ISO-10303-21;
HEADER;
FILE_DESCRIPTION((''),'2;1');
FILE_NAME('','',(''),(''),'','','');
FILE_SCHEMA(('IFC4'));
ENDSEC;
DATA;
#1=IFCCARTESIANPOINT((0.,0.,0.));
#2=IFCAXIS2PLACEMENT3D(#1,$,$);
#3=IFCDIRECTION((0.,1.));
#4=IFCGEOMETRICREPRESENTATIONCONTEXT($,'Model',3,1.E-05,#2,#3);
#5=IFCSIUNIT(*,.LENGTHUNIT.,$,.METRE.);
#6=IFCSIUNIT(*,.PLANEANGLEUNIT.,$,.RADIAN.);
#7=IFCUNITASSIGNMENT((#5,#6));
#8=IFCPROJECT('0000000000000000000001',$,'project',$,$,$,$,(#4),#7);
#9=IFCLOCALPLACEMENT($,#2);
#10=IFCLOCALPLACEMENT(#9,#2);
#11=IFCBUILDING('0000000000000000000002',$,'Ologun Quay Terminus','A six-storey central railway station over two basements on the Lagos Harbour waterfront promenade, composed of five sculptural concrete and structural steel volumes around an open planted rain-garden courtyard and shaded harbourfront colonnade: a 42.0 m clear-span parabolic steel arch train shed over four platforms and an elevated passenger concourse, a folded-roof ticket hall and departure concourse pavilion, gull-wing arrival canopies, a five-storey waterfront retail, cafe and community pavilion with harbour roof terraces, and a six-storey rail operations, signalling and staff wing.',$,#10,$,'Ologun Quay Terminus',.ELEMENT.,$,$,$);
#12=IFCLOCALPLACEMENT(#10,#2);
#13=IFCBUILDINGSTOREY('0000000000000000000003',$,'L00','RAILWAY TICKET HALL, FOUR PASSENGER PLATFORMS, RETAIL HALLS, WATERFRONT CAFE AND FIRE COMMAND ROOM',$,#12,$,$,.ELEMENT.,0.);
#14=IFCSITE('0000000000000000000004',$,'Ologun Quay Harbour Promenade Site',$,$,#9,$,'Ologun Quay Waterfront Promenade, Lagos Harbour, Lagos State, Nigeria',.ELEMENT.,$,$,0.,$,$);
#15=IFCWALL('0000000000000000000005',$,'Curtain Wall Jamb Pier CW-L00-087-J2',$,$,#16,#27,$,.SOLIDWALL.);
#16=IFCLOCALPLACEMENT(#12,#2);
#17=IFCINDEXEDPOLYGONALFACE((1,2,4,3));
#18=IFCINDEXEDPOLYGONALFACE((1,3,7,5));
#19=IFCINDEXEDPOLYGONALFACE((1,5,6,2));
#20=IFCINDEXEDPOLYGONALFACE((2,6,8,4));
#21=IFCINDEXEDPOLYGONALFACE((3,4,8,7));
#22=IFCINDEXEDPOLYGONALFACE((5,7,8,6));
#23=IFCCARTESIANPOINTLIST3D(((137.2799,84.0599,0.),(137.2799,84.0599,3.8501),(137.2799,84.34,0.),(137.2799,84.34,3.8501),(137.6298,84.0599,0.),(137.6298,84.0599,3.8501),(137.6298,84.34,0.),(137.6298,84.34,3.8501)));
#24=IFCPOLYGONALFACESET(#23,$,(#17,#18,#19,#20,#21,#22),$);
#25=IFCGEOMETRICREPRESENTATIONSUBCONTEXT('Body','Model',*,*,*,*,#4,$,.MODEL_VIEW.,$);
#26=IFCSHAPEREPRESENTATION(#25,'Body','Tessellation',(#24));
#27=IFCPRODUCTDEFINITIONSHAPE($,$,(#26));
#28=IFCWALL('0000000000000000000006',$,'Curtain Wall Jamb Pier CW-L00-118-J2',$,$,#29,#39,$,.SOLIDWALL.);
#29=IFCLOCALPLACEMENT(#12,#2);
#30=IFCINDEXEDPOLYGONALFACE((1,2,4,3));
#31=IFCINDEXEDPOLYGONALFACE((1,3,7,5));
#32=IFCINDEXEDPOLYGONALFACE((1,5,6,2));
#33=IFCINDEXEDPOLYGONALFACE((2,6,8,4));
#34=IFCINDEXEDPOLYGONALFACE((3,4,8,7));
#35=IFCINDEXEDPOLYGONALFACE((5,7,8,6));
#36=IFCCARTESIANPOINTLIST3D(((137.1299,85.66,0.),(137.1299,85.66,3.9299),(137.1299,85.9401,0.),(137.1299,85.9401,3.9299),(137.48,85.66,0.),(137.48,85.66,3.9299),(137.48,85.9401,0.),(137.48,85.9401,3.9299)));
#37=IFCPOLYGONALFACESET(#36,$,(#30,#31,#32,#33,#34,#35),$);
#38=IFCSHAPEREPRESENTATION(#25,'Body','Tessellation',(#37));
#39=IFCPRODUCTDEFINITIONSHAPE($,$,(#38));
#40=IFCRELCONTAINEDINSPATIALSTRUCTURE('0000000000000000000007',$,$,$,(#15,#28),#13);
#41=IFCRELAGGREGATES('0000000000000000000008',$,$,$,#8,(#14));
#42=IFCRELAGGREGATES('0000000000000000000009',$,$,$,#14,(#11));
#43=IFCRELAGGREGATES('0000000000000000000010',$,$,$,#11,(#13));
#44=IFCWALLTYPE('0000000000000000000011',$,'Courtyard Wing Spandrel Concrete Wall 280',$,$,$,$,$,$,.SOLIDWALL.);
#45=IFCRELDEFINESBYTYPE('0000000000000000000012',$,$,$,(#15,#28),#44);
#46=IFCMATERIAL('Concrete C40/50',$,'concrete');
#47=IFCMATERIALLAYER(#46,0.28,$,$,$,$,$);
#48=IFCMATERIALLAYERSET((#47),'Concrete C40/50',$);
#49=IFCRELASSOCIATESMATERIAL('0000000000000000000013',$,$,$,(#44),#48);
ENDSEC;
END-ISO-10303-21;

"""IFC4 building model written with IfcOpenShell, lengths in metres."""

from ifc_helpers import new_model, si_unit, direction, frame, frame_2d, origin, place, context, subcontext, project, spatial, rectangle, extrude, material, layer, layer_set, type_object, element, save


model = new_model("IFC4")

# Units and contexts
model_context = context("Model", 3, precision=1e-05, world=origin(), true_north=direction((0.0, 1.0)))
body_context = subcontext(model_context, "Body", "Model", "MODEL_VIEW")
ifc_project = project(units=[si_unit("LENGTHUNIT", "METRE"), si_unit("PLANEANGLEUNIT", "RADIAN")], contexts=[model_context])

# Site, building, storey
site_placement = place(None, origin())
site = spatial("IfcSite", under=ifc_project, at=site_placement, Name="Ologun Quay Harbour Promenade Site", LongName="Ologun Quay Waterfront Promenade, Lagos Harbour, Lagos State, Nigeria", CompositionType="ELEMENT", RefElevation=0.0)
building_placement = place(site_placement, origin())
building = spatial("IfcBuilding", under=site, at=building_placement, Name="Ologun Quay Terminus", Description="A six-storey central railway station over two basements on the Lagos Harbour waterfront promenade, composed of five sculptural concrete and structural steel volumes around an open planted rain-garden courtyard and shaded harbourfront colonnade: a 42.0 m clear-span parabolic steel arch train shed over four platforms and an elevated passenger concourse, a folded-roof ticket hall and departure concourse pavilion, gull-wing arrival canopies, a five-storey waterfront retail, cafe and community pavilion with harbour roof terraces, and a six-storey rail operations, signalling and staff wing.", LongName="Ologun Quay Terminus", CompositionType="ELEMENT")
storey_placement = place(building_placement, origin())
storey = spatial("IfcBuildingStorey", under=building, at=storey_placement, Name="L00", Description="RAILWAY TICKET HALL, FOUR PASSENGER PLATFORMS, RETAIL HALLS, WATERFRONT CAFE AND FIRE COMMAND ROOM", CompositionType="ELEMENT", Elevation=0.0)

# Walls
ifc_material_1 = material(Name="Concrete C40/50", Category="concrete")
ifc_layer_1 = layer(ifc_material_1, 0.28)
ifc_layer_set_1 = layer_set([ifc_layer_1], Name="Concrete C40/50")
wall_type = type_object("IfcWallType", Name="Courtyard Wing Spandrel Concrete Wall 280", PredefinedType="SOLIDWALL", material=ifc_layer_set_1)
wall_1_placement = place(storey_placement, frame((137.28, 84.2, 0.0), z_axis=(0.0, 0.0, 1.0), x_axis=(1.0, 0.0, 0.0)))
element("IfcWall", 1, at=wall_1_placement, inside=storey, type_object=wall_type, Name="Curtain Wall Jamb Pier CW-L00-087-J2", PredefinedType="SOLIDWALL", context=body_context, shape_type="SweptSolid", body=[
    extrude(rectangle(XDim=0.3499, YDim=0.28, at=frame_2d((0.1748, 0.0))), origin(), (0.0, 0.0, 1.0), 3.8501),
])
wall_2_placement = place(storey_placement, frame((137.1299, 85.8, 0.0), z_axis=(0.0, 0.0, 1.0), x_axis=(1.0, 0.0, 0.0)))
element("IfcWall", 2, at=wall_2_placement, inside=storey, type_object=wall_type, Name="Curtain Wall Jamb Pier CW-L00-118-J2", PredefinedType="SOLIDWALL", context=body_context, shape_type="SweptSolid", body=[
    extrude(rectangle(XDim=0.3501, YDim=0.28, at=frame_2d((0.175, 0.0))), origin(), (0.0, 0.0, 1.0), 3.9299),
])

save(model, "model.ifc")
